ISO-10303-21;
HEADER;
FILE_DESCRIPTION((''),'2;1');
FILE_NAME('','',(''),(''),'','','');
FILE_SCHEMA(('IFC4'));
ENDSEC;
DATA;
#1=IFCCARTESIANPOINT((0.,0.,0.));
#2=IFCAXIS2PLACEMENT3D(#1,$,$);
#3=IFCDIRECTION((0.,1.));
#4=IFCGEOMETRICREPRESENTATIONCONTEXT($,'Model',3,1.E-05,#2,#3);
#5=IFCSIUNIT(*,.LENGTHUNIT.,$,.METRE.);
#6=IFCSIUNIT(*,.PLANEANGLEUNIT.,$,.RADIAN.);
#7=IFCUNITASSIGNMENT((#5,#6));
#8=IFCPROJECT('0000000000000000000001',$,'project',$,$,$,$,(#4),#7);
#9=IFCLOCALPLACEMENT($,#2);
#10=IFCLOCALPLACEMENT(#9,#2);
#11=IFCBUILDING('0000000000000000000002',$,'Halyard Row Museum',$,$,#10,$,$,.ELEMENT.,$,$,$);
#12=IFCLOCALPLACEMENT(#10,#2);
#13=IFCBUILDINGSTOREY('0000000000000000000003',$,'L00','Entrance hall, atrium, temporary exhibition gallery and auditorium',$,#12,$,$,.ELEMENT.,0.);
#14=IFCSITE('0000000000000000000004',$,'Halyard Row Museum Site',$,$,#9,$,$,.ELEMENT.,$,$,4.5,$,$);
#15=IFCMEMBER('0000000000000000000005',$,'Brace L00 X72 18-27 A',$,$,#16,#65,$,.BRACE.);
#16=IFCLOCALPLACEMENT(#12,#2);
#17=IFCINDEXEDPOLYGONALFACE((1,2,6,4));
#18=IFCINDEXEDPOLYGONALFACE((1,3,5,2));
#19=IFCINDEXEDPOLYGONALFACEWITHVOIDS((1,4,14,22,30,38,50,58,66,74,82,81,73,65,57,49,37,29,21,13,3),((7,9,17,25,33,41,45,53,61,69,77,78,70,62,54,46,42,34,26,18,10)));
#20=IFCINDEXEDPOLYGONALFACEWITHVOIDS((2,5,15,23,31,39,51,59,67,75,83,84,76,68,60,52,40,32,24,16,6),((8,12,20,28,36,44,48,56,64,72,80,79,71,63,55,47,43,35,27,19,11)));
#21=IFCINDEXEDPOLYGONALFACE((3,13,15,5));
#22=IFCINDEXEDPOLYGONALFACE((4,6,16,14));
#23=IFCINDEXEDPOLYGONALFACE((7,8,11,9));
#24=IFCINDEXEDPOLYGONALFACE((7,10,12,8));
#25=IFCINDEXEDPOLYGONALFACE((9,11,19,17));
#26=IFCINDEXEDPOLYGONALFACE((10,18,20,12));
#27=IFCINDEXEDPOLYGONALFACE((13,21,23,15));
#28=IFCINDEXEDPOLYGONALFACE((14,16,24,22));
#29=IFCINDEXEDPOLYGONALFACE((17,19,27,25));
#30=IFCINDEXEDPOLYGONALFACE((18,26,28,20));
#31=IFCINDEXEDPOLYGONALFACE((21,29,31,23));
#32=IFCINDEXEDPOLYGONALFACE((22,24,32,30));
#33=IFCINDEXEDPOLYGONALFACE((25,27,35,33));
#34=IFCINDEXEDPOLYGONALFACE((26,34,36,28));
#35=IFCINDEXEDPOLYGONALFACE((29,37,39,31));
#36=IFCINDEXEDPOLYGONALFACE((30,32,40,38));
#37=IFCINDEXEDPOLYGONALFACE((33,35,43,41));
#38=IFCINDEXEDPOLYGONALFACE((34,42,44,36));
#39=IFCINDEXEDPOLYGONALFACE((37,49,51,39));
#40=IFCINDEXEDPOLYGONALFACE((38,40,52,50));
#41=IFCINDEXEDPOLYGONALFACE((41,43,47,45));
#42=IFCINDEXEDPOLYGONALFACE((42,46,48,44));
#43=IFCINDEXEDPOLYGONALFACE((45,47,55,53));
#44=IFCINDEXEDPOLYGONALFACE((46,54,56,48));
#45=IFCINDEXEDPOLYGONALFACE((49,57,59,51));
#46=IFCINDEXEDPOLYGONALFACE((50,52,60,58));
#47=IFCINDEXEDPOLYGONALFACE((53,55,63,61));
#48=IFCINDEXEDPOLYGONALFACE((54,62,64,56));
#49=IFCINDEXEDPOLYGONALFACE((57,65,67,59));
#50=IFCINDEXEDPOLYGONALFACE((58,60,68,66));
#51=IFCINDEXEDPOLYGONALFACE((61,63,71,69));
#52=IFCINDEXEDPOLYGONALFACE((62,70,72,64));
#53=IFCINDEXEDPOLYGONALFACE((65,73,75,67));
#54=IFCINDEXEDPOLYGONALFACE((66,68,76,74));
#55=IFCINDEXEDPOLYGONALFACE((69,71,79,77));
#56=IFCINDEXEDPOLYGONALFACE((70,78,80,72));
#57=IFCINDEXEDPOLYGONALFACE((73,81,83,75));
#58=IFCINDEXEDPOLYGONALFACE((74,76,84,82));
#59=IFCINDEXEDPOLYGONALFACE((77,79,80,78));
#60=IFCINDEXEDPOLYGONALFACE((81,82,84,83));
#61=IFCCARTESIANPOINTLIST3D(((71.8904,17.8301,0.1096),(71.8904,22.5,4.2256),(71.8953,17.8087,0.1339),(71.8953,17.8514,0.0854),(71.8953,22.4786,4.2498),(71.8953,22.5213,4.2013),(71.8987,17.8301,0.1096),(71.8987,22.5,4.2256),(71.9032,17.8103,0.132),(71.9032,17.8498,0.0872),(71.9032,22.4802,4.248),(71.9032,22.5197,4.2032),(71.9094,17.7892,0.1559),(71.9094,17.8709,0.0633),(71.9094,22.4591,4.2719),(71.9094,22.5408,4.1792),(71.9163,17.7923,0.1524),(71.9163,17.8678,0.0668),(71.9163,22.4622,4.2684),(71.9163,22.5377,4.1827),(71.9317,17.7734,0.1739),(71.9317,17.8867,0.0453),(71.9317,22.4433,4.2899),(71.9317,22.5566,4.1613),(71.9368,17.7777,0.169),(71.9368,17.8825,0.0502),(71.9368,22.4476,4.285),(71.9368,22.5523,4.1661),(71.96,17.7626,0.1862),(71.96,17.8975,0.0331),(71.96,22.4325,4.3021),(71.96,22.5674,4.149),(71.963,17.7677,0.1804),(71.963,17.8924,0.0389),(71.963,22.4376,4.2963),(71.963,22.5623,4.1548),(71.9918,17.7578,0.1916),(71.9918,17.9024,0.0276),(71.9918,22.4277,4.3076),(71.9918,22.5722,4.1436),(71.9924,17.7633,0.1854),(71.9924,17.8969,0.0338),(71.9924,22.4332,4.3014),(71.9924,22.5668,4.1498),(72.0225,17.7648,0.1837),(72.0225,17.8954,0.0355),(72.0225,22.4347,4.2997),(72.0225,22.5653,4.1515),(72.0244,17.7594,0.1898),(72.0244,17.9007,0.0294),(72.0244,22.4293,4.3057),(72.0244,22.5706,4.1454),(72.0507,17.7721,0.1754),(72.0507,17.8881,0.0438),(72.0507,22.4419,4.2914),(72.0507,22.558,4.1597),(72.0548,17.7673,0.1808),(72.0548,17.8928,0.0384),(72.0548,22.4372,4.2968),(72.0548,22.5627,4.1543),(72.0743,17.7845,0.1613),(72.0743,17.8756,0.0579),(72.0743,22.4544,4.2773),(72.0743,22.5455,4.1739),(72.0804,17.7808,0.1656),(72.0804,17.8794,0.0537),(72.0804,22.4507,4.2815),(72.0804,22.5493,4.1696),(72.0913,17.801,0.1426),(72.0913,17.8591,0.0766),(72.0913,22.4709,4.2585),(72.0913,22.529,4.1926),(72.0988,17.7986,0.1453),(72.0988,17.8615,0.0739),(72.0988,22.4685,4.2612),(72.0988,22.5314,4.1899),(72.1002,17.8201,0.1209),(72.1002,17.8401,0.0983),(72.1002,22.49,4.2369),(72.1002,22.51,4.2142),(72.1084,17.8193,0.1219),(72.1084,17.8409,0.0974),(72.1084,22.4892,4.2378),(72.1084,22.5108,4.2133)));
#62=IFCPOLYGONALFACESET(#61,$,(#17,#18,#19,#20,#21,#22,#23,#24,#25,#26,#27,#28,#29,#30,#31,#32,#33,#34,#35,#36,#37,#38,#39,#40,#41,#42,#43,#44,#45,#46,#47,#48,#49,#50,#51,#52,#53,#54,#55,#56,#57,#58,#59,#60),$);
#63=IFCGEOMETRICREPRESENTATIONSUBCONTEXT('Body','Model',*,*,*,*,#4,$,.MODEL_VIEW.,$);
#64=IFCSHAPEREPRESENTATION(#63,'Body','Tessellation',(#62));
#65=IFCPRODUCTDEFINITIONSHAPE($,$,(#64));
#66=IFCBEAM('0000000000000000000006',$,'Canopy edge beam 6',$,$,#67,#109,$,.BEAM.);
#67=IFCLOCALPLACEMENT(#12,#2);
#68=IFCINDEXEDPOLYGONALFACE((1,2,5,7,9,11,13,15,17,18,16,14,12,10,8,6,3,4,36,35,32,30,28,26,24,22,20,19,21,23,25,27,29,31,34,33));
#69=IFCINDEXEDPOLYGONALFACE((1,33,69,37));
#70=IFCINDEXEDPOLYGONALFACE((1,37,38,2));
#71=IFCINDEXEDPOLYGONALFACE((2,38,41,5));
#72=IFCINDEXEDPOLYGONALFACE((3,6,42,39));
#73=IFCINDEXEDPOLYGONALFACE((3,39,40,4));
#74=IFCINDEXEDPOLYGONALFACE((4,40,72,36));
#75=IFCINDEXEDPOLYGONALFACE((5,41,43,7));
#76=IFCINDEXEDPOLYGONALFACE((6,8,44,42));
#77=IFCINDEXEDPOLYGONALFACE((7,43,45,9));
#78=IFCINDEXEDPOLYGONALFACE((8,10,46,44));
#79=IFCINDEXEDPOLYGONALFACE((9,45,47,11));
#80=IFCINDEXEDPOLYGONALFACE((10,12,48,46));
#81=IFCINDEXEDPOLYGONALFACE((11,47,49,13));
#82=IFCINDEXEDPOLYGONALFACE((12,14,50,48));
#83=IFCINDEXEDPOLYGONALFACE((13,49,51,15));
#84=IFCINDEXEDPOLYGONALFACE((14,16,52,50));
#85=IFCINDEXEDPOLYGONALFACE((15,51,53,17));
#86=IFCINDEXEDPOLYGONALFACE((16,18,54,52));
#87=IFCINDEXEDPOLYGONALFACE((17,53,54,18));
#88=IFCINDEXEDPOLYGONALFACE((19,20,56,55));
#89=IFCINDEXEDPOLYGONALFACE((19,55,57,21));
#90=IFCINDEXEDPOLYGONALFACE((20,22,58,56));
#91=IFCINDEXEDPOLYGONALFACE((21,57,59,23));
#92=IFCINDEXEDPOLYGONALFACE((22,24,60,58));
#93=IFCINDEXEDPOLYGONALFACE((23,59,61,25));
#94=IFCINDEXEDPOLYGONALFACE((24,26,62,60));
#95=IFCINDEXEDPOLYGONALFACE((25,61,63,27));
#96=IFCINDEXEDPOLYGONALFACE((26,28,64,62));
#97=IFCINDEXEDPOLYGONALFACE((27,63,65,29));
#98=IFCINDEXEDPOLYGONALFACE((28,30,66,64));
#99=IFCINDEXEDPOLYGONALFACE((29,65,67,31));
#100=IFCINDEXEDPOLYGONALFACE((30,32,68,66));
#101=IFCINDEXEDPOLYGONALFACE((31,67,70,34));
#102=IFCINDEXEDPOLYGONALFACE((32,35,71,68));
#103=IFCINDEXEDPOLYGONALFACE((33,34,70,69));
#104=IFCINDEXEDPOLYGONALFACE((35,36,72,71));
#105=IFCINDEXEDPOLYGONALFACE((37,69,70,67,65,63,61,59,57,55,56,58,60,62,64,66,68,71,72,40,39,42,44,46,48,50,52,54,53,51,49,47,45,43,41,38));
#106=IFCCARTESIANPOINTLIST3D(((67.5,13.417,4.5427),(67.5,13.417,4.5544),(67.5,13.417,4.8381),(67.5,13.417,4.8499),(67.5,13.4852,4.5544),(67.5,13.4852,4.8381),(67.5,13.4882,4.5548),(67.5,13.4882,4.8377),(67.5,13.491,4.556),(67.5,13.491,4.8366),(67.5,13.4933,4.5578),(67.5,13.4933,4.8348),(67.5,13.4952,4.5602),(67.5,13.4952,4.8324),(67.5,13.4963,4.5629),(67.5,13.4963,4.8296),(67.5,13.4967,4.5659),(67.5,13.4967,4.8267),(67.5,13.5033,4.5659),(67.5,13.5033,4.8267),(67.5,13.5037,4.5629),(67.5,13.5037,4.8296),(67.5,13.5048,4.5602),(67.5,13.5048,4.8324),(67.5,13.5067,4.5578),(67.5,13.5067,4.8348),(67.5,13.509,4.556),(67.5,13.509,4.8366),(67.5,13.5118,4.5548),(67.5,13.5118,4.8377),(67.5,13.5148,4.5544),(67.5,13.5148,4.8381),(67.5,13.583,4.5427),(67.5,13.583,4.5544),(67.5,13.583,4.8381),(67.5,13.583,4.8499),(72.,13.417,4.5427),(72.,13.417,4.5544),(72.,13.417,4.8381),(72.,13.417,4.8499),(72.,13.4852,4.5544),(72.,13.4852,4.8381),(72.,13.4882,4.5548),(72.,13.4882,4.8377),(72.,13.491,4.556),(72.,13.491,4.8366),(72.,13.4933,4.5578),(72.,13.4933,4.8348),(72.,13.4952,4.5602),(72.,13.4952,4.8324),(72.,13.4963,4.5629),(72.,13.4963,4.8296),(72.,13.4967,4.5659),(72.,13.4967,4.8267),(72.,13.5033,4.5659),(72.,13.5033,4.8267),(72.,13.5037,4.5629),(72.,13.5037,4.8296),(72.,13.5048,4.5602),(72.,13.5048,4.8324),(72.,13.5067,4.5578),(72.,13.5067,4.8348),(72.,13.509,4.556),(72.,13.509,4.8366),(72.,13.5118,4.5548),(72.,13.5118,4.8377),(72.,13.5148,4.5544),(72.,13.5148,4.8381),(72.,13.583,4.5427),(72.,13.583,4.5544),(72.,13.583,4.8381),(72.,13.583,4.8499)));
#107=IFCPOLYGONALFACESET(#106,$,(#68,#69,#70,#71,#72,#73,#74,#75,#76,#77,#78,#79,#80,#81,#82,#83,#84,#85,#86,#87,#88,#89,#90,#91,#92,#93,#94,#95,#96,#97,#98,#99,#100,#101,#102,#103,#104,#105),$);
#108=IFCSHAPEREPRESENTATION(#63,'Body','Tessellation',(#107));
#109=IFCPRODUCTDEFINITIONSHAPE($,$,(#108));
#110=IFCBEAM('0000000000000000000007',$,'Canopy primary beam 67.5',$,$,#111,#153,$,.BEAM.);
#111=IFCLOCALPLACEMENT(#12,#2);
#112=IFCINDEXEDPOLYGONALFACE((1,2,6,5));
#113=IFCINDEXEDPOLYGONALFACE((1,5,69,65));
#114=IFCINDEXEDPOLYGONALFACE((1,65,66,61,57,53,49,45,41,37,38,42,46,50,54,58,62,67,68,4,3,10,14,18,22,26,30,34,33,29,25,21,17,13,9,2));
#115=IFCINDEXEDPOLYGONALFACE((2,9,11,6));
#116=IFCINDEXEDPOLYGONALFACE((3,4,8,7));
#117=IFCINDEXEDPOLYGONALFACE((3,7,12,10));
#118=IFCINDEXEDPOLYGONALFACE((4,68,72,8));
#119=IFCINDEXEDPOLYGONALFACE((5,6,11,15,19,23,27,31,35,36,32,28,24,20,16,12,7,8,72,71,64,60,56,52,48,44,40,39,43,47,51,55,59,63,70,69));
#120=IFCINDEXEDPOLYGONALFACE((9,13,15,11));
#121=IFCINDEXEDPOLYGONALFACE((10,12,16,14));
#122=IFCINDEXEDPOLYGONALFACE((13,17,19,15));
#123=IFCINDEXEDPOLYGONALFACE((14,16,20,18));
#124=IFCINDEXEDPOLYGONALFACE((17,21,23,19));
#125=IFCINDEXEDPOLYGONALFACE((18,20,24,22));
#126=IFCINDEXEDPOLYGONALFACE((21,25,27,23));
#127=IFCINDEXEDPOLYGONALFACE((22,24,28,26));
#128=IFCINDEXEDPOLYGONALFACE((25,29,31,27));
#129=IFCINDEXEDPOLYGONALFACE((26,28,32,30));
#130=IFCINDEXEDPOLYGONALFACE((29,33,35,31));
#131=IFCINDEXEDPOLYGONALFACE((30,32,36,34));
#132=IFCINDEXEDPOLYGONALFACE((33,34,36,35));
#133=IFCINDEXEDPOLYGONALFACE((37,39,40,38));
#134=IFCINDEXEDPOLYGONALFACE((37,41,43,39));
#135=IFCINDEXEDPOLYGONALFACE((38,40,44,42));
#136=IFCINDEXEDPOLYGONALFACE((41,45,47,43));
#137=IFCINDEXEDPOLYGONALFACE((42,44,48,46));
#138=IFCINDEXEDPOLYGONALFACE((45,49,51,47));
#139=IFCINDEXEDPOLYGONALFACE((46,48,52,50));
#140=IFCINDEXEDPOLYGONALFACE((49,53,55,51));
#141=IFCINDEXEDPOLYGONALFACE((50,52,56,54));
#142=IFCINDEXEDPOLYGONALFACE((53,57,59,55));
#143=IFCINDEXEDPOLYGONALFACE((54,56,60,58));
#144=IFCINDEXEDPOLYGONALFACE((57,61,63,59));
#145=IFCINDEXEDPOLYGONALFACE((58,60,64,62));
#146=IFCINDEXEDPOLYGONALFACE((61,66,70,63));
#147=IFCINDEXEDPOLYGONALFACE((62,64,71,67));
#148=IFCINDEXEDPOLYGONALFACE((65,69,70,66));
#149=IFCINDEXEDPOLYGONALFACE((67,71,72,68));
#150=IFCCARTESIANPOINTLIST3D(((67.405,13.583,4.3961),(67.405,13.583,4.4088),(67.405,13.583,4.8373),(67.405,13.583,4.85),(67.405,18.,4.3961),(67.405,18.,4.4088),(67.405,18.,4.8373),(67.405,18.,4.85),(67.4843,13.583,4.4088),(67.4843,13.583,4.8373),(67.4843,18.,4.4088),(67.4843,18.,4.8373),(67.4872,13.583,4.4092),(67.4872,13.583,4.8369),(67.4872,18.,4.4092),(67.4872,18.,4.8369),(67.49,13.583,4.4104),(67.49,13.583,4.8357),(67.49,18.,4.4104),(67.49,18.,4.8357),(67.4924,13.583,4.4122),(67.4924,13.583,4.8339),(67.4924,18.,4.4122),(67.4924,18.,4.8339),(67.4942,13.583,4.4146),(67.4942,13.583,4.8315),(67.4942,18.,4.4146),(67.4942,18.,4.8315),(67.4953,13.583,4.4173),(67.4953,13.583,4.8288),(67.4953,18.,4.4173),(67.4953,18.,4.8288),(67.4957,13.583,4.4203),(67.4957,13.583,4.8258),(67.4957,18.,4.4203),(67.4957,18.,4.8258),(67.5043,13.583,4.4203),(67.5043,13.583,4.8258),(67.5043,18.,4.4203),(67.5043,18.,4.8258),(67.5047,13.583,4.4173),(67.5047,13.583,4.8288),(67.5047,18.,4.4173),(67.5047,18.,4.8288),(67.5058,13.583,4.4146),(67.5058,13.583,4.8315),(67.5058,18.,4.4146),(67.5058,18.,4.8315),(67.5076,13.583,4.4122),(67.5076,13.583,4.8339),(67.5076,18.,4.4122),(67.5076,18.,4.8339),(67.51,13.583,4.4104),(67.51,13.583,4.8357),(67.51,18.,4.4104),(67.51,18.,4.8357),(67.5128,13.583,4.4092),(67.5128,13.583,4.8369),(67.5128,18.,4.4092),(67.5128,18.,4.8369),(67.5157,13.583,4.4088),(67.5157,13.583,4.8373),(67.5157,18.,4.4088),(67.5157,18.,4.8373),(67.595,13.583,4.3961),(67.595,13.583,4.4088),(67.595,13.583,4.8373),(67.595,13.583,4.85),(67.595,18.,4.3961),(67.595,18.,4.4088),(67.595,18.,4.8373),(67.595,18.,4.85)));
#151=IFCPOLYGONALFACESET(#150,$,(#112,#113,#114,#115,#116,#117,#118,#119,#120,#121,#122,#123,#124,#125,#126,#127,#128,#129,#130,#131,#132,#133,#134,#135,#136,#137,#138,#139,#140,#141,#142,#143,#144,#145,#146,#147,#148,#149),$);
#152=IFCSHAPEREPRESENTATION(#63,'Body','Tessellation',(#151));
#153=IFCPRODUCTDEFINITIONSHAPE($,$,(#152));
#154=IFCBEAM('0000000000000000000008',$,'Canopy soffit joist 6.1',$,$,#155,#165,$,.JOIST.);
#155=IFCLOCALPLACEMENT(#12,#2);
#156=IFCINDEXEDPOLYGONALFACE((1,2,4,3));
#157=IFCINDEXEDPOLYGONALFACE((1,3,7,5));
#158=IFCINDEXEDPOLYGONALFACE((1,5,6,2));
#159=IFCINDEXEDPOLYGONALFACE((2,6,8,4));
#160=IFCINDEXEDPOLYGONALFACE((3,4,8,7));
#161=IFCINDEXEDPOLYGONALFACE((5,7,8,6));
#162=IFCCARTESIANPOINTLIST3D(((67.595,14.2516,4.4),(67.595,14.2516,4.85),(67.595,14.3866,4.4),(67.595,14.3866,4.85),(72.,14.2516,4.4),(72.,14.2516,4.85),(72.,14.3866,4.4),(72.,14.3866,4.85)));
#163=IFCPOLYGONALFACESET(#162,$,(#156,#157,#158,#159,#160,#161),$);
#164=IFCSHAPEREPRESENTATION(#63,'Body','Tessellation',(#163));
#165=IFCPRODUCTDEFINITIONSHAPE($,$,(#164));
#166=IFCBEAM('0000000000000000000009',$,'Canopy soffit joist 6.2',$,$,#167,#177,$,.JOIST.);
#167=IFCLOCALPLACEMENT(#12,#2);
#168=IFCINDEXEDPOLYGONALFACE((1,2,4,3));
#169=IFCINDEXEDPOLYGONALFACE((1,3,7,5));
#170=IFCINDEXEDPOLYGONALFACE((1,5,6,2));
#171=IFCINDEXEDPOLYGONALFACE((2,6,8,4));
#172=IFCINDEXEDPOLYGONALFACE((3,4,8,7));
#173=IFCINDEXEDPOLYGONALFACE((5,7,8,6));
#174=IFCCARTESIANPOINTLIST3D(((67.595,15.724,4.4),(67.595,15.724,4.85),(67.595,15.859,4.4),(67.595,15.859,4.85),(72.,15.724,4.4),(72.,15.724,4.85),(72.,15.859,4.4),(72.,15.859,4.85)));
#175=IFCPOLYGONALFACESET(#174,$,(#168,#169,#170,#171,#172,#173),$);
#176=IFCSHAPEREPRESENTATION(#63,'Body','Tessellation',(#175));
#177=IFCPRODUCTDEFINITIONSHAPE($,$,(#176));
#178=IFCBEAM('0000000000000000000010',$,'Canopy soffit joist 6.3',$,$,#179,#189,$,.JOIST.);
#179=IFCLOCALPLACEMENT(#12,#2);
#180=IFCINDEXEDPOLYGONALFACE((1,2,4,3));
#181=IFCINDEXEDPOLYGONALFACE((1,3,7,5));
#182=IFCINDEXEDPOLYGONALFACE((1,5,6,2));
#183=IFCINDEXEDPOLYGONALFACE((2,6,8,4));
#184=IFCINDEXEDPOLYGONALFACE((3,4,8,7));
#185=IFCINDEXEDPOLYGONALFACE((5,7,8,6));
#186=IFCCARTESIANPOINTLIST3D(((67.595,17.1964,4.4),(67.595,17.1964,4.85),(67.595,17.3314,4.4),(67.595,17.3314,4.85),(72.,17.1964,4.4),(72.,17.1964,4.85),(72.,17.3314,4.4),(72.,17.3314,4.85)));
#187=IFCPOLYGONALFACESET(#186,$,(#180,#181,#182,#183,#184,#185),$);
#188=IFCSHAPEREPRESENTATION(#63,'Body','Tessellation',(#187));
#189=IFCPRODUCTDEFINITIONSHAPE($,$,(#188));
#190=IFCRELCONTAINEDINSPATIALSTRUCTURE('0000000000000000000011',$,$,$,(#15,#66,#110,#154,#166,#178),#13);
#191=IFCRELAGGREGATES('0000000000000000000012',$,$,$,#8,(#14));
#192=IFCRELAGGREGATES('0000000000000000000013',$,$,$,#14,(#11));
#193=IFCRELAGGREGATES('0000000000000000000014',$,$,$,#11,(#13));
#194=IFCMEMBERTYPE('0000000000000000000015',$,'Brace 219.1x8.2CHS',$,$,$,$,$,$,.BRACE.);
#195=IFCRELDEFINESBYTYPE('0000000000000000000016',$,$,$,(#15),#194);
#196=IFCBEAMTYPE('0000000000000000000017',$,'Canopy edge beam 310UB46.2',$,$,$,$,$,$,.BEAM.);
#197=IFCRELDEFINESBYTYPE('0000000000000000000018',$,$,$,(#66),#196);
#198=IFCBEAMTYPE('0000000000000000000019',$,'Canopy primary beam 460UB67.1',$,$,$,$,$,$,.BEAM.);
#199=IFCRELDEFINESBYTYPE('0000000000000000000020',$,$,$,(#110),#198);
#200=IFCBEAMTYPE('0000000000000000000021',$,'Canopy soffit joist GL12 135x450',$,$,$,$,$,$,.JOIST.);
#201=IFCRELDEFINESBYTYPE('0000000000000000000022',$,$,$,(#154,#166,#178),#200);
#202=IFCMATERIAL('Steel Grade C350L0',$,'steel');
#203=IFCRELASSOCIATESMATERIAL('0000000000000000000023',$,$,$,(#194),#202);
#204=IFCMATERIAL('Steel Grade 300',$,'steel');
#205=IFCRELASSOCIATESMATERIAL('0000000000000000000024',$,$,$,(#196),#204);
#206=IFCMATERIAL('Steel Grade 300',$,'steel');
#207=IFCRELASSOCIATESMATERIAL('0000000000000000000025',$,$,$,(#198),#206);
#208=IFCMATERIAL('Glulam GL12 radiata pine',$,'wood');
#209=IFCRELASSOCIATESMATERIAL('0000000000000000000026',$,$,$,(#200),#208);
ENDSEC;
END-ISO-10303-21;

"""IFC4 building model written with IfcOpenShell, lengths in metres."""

from ifc_helpers import new_model, si_unit, direction, frame, origin, origin_2d, place, context, subcontext, project, spatial, rectangle, hollow_circle, i_section, extrude, material, material_profile, profile_set, type_object, element, save


model = new_model("IFC4")

# Units and contexts
model_context = context("Model", 3, precision=1e-05, world=origin(), true_north=direction((0.0, 1.0)))
body_context = subcontext(model_context, "Body", "Model", "MODEL_VIEW")
ifc_project = project(units=[si_unit("LENGTHUNIT", "METRE"), si_unit("PLANEANGLEUNIT", "RADIAN")], contexts=[model_context])

# Site, building, storey
site_placement = place(None, origin())
site = spatial("IfcSite", under=ifc_project, at=site_placement, Name="Halyard Row Museum Site", CompositionType="ELEMENT", RefElevation=4.5)
building_placement = place(site_placement, origin())
building = spatial("IfcBuilding", under=site, at=building_placement, Name="Halyard Row Museum", CompositionType="ELEMENT")
storey_placement = place(building_placement, origin())
storey = spatial("IfcBuildingStorey", under=building, at=storey_placement, Name="L00", Description="Entrance hall, atrium, temporary exhibition gallery and auditorium", CompositionType="ELEMENT", Elevation=0.0)

# Member
ifc_material_1 = material(Name="Steel Grade C350L0", Category="steel")
ifc_material_profile_1 = material_profile(ifc_material_1, hollow_circle(Radius=0.1096, WallThickness=0.0083, at=origin_2d()), Name="219.1x8.2CHS")
ifc_profile_set_1 = profile_set([ifc_material_profile_1], Name="Steel Grade C350L0")
member_type_1 = type_object("IfcMemberType", Name="Brace 219.1x8.2CHS", PredefinedType="BRACE", material=ifc_profile_set_1)
member_1_placement = place(storey_placement, frame((72.0, 17.8301, 0.1096), z_axis=(0.0, 0.750201, 0.66121), x_axis=(-1.0, 0.0, 0.0)))
element("IfcMember", 1, at=member_1_placement, inside=storey, type_object=member_type_1, Name="Brace L00 X72 18-27 A", PredefinedType="BRACE", context=body_context, shape_type="SweptSolid", body=[
    extrude(hollow_circle(Radius=0.1096, WallThickness=0.0083, at=origin_2d()), origin(), (0.0, 0.0, 1.0), 6.2249),
])

# Beams
ifc_material_2 = material(Name="Steel Grade 300", Category="steel")
ifc_material_profile_2 = material_profile(ifc_material_2, i_section(OverallWidth=0.166, OverallDepth=0.3071, WebThickness=0.0066, FlangeThickness=0.0117, FilletRadius=0.0115, at=origin_2d()), Name="310UB46.2")
ifc_profile_set_2 = profile_set([ifc_material_profile_2], Name="Steel Grade 300")
beam_type_1 = type_object("IfcBeamType", Name="Canopy edge beam 310UB46.2", PredefinedType="BEAM", material=ifc_profile_set_2)
beam_1_placement = place(storey_placement, frame((67.5, 13.5, 4.6963), z_axis=(1.0, 0.0, 0.0), x_axis=(0.0, 1.0, 0.0)))
element("IfcBeam", 2, at=beam_1_placement, inside=storey, type_object=beam_type_1, Name="Canopy edge beam 6", PredefinedType="BEAM", context=body_context, shape_type="SweptSolid", body=[
    extrude(i_section(OverallWidth=0.166, OverallDepth=0.3071, WebThickness=0.0066, FlangeThickness=0.0117, FilletRadius=0.0115, at=origin_2d()), origin(), (0.0, 0.0, 1.0), 4.5),
])
ifc_material_3 = material(Name="Steel Grade 300", Category="steel")
ifc_material_profile_3 = material_profile(ifc_material_3, i_section(OverallWidth=0.1899, OverallDepth=0.4539, WebThickness=0.0085, FlangeThickness=0.0127, FilletRadius=0.0115, at=origin_2d()), Name="460UB67.1")
ifc_profile_set_3 = profile_set([ifc_material_profile_3], Name="Steel Grade 300")
beam_type_2 = type_object("IfcBeamType", Name="Canopy primary beam 460UB67.1", PredefinedType="BEAM", material=ifc_profile_set_3)
beam_2_placement = place(storey_placement, frame((67.5, 13.583, 4.623), z_axis=(0.0, 1.0, 0.0), x_axis=(-1.0, 0.0, 0.0)))
element("IfcBeam", 3, at=beam_2_placement, inside=storey, type_object=beam_type_2, Name="Canopy primary beam 67.5", PredefinedType="BEAM", context=body_context, shape_type="SweptSolid", body=[
    extrude(i_section(OverallWidth=0.1899, OverallDepth=0.4539, WebThickness=0.0085, FlangeThickness=0.0127, FilletRadius=0.0115, at=origin_2d()), origin(), (0.0, 0.0, 1.0), 4.417),
])
ifc_material_4 = material(Name="Glulam GL12 radiata pine", Category="wood")
ifc_material_profile_4 = material_profile(ifc_material_4, rectangle(XDim=0.135, YDim=0.45, at=origin_2d()), Name="GL12 135x450")
ifc_profile_set_4 = profile_set([ifc_material_profile_4], Name="Glulam GL12 radiata pine")
beam_type_3 = type_object("IfcBeamType", Name="Canopy soffit joist GL12 135x450", PredefinedType="JOIST", material=ifc_profile_set_4)
for number, where, z_axis, x_axis, name in (
    (4, (67.595, 14.3191, 4.625), (1.0, 0.0, 0.0), (0.0, 1.0, 0.0), "Canopy soffit joist 6.1"),
    (5, (67.595, 15.7915, 4.625), (1.0, 0.0, 0.0), (0.0, 1.0, 0.0), "Canopy soffit joist 6.2"),
    (6, (67.595, 17.2639, 4.625), (1.0, 0.0, 0.0), (0.0, 1.0, 0.0), "Canopy soffit joist 6.3"),
):
    element("IfcBeam", number, at=place(storey_placement, frame(where, z_axis=z_axis, x_axis=x_axis)), inside=storey, type_object=beam_type_3, Name=name, PredefinedType="JOIST", context=body_context, shape_type="SweptSolid", body=[
        extrude(rectangle(XDim=0.135, YDim=0.45, at=origin_2d()), origin(), (0.0, 0.0, 1.0), 4.405),
    ])

save(model, "model.ifc")
